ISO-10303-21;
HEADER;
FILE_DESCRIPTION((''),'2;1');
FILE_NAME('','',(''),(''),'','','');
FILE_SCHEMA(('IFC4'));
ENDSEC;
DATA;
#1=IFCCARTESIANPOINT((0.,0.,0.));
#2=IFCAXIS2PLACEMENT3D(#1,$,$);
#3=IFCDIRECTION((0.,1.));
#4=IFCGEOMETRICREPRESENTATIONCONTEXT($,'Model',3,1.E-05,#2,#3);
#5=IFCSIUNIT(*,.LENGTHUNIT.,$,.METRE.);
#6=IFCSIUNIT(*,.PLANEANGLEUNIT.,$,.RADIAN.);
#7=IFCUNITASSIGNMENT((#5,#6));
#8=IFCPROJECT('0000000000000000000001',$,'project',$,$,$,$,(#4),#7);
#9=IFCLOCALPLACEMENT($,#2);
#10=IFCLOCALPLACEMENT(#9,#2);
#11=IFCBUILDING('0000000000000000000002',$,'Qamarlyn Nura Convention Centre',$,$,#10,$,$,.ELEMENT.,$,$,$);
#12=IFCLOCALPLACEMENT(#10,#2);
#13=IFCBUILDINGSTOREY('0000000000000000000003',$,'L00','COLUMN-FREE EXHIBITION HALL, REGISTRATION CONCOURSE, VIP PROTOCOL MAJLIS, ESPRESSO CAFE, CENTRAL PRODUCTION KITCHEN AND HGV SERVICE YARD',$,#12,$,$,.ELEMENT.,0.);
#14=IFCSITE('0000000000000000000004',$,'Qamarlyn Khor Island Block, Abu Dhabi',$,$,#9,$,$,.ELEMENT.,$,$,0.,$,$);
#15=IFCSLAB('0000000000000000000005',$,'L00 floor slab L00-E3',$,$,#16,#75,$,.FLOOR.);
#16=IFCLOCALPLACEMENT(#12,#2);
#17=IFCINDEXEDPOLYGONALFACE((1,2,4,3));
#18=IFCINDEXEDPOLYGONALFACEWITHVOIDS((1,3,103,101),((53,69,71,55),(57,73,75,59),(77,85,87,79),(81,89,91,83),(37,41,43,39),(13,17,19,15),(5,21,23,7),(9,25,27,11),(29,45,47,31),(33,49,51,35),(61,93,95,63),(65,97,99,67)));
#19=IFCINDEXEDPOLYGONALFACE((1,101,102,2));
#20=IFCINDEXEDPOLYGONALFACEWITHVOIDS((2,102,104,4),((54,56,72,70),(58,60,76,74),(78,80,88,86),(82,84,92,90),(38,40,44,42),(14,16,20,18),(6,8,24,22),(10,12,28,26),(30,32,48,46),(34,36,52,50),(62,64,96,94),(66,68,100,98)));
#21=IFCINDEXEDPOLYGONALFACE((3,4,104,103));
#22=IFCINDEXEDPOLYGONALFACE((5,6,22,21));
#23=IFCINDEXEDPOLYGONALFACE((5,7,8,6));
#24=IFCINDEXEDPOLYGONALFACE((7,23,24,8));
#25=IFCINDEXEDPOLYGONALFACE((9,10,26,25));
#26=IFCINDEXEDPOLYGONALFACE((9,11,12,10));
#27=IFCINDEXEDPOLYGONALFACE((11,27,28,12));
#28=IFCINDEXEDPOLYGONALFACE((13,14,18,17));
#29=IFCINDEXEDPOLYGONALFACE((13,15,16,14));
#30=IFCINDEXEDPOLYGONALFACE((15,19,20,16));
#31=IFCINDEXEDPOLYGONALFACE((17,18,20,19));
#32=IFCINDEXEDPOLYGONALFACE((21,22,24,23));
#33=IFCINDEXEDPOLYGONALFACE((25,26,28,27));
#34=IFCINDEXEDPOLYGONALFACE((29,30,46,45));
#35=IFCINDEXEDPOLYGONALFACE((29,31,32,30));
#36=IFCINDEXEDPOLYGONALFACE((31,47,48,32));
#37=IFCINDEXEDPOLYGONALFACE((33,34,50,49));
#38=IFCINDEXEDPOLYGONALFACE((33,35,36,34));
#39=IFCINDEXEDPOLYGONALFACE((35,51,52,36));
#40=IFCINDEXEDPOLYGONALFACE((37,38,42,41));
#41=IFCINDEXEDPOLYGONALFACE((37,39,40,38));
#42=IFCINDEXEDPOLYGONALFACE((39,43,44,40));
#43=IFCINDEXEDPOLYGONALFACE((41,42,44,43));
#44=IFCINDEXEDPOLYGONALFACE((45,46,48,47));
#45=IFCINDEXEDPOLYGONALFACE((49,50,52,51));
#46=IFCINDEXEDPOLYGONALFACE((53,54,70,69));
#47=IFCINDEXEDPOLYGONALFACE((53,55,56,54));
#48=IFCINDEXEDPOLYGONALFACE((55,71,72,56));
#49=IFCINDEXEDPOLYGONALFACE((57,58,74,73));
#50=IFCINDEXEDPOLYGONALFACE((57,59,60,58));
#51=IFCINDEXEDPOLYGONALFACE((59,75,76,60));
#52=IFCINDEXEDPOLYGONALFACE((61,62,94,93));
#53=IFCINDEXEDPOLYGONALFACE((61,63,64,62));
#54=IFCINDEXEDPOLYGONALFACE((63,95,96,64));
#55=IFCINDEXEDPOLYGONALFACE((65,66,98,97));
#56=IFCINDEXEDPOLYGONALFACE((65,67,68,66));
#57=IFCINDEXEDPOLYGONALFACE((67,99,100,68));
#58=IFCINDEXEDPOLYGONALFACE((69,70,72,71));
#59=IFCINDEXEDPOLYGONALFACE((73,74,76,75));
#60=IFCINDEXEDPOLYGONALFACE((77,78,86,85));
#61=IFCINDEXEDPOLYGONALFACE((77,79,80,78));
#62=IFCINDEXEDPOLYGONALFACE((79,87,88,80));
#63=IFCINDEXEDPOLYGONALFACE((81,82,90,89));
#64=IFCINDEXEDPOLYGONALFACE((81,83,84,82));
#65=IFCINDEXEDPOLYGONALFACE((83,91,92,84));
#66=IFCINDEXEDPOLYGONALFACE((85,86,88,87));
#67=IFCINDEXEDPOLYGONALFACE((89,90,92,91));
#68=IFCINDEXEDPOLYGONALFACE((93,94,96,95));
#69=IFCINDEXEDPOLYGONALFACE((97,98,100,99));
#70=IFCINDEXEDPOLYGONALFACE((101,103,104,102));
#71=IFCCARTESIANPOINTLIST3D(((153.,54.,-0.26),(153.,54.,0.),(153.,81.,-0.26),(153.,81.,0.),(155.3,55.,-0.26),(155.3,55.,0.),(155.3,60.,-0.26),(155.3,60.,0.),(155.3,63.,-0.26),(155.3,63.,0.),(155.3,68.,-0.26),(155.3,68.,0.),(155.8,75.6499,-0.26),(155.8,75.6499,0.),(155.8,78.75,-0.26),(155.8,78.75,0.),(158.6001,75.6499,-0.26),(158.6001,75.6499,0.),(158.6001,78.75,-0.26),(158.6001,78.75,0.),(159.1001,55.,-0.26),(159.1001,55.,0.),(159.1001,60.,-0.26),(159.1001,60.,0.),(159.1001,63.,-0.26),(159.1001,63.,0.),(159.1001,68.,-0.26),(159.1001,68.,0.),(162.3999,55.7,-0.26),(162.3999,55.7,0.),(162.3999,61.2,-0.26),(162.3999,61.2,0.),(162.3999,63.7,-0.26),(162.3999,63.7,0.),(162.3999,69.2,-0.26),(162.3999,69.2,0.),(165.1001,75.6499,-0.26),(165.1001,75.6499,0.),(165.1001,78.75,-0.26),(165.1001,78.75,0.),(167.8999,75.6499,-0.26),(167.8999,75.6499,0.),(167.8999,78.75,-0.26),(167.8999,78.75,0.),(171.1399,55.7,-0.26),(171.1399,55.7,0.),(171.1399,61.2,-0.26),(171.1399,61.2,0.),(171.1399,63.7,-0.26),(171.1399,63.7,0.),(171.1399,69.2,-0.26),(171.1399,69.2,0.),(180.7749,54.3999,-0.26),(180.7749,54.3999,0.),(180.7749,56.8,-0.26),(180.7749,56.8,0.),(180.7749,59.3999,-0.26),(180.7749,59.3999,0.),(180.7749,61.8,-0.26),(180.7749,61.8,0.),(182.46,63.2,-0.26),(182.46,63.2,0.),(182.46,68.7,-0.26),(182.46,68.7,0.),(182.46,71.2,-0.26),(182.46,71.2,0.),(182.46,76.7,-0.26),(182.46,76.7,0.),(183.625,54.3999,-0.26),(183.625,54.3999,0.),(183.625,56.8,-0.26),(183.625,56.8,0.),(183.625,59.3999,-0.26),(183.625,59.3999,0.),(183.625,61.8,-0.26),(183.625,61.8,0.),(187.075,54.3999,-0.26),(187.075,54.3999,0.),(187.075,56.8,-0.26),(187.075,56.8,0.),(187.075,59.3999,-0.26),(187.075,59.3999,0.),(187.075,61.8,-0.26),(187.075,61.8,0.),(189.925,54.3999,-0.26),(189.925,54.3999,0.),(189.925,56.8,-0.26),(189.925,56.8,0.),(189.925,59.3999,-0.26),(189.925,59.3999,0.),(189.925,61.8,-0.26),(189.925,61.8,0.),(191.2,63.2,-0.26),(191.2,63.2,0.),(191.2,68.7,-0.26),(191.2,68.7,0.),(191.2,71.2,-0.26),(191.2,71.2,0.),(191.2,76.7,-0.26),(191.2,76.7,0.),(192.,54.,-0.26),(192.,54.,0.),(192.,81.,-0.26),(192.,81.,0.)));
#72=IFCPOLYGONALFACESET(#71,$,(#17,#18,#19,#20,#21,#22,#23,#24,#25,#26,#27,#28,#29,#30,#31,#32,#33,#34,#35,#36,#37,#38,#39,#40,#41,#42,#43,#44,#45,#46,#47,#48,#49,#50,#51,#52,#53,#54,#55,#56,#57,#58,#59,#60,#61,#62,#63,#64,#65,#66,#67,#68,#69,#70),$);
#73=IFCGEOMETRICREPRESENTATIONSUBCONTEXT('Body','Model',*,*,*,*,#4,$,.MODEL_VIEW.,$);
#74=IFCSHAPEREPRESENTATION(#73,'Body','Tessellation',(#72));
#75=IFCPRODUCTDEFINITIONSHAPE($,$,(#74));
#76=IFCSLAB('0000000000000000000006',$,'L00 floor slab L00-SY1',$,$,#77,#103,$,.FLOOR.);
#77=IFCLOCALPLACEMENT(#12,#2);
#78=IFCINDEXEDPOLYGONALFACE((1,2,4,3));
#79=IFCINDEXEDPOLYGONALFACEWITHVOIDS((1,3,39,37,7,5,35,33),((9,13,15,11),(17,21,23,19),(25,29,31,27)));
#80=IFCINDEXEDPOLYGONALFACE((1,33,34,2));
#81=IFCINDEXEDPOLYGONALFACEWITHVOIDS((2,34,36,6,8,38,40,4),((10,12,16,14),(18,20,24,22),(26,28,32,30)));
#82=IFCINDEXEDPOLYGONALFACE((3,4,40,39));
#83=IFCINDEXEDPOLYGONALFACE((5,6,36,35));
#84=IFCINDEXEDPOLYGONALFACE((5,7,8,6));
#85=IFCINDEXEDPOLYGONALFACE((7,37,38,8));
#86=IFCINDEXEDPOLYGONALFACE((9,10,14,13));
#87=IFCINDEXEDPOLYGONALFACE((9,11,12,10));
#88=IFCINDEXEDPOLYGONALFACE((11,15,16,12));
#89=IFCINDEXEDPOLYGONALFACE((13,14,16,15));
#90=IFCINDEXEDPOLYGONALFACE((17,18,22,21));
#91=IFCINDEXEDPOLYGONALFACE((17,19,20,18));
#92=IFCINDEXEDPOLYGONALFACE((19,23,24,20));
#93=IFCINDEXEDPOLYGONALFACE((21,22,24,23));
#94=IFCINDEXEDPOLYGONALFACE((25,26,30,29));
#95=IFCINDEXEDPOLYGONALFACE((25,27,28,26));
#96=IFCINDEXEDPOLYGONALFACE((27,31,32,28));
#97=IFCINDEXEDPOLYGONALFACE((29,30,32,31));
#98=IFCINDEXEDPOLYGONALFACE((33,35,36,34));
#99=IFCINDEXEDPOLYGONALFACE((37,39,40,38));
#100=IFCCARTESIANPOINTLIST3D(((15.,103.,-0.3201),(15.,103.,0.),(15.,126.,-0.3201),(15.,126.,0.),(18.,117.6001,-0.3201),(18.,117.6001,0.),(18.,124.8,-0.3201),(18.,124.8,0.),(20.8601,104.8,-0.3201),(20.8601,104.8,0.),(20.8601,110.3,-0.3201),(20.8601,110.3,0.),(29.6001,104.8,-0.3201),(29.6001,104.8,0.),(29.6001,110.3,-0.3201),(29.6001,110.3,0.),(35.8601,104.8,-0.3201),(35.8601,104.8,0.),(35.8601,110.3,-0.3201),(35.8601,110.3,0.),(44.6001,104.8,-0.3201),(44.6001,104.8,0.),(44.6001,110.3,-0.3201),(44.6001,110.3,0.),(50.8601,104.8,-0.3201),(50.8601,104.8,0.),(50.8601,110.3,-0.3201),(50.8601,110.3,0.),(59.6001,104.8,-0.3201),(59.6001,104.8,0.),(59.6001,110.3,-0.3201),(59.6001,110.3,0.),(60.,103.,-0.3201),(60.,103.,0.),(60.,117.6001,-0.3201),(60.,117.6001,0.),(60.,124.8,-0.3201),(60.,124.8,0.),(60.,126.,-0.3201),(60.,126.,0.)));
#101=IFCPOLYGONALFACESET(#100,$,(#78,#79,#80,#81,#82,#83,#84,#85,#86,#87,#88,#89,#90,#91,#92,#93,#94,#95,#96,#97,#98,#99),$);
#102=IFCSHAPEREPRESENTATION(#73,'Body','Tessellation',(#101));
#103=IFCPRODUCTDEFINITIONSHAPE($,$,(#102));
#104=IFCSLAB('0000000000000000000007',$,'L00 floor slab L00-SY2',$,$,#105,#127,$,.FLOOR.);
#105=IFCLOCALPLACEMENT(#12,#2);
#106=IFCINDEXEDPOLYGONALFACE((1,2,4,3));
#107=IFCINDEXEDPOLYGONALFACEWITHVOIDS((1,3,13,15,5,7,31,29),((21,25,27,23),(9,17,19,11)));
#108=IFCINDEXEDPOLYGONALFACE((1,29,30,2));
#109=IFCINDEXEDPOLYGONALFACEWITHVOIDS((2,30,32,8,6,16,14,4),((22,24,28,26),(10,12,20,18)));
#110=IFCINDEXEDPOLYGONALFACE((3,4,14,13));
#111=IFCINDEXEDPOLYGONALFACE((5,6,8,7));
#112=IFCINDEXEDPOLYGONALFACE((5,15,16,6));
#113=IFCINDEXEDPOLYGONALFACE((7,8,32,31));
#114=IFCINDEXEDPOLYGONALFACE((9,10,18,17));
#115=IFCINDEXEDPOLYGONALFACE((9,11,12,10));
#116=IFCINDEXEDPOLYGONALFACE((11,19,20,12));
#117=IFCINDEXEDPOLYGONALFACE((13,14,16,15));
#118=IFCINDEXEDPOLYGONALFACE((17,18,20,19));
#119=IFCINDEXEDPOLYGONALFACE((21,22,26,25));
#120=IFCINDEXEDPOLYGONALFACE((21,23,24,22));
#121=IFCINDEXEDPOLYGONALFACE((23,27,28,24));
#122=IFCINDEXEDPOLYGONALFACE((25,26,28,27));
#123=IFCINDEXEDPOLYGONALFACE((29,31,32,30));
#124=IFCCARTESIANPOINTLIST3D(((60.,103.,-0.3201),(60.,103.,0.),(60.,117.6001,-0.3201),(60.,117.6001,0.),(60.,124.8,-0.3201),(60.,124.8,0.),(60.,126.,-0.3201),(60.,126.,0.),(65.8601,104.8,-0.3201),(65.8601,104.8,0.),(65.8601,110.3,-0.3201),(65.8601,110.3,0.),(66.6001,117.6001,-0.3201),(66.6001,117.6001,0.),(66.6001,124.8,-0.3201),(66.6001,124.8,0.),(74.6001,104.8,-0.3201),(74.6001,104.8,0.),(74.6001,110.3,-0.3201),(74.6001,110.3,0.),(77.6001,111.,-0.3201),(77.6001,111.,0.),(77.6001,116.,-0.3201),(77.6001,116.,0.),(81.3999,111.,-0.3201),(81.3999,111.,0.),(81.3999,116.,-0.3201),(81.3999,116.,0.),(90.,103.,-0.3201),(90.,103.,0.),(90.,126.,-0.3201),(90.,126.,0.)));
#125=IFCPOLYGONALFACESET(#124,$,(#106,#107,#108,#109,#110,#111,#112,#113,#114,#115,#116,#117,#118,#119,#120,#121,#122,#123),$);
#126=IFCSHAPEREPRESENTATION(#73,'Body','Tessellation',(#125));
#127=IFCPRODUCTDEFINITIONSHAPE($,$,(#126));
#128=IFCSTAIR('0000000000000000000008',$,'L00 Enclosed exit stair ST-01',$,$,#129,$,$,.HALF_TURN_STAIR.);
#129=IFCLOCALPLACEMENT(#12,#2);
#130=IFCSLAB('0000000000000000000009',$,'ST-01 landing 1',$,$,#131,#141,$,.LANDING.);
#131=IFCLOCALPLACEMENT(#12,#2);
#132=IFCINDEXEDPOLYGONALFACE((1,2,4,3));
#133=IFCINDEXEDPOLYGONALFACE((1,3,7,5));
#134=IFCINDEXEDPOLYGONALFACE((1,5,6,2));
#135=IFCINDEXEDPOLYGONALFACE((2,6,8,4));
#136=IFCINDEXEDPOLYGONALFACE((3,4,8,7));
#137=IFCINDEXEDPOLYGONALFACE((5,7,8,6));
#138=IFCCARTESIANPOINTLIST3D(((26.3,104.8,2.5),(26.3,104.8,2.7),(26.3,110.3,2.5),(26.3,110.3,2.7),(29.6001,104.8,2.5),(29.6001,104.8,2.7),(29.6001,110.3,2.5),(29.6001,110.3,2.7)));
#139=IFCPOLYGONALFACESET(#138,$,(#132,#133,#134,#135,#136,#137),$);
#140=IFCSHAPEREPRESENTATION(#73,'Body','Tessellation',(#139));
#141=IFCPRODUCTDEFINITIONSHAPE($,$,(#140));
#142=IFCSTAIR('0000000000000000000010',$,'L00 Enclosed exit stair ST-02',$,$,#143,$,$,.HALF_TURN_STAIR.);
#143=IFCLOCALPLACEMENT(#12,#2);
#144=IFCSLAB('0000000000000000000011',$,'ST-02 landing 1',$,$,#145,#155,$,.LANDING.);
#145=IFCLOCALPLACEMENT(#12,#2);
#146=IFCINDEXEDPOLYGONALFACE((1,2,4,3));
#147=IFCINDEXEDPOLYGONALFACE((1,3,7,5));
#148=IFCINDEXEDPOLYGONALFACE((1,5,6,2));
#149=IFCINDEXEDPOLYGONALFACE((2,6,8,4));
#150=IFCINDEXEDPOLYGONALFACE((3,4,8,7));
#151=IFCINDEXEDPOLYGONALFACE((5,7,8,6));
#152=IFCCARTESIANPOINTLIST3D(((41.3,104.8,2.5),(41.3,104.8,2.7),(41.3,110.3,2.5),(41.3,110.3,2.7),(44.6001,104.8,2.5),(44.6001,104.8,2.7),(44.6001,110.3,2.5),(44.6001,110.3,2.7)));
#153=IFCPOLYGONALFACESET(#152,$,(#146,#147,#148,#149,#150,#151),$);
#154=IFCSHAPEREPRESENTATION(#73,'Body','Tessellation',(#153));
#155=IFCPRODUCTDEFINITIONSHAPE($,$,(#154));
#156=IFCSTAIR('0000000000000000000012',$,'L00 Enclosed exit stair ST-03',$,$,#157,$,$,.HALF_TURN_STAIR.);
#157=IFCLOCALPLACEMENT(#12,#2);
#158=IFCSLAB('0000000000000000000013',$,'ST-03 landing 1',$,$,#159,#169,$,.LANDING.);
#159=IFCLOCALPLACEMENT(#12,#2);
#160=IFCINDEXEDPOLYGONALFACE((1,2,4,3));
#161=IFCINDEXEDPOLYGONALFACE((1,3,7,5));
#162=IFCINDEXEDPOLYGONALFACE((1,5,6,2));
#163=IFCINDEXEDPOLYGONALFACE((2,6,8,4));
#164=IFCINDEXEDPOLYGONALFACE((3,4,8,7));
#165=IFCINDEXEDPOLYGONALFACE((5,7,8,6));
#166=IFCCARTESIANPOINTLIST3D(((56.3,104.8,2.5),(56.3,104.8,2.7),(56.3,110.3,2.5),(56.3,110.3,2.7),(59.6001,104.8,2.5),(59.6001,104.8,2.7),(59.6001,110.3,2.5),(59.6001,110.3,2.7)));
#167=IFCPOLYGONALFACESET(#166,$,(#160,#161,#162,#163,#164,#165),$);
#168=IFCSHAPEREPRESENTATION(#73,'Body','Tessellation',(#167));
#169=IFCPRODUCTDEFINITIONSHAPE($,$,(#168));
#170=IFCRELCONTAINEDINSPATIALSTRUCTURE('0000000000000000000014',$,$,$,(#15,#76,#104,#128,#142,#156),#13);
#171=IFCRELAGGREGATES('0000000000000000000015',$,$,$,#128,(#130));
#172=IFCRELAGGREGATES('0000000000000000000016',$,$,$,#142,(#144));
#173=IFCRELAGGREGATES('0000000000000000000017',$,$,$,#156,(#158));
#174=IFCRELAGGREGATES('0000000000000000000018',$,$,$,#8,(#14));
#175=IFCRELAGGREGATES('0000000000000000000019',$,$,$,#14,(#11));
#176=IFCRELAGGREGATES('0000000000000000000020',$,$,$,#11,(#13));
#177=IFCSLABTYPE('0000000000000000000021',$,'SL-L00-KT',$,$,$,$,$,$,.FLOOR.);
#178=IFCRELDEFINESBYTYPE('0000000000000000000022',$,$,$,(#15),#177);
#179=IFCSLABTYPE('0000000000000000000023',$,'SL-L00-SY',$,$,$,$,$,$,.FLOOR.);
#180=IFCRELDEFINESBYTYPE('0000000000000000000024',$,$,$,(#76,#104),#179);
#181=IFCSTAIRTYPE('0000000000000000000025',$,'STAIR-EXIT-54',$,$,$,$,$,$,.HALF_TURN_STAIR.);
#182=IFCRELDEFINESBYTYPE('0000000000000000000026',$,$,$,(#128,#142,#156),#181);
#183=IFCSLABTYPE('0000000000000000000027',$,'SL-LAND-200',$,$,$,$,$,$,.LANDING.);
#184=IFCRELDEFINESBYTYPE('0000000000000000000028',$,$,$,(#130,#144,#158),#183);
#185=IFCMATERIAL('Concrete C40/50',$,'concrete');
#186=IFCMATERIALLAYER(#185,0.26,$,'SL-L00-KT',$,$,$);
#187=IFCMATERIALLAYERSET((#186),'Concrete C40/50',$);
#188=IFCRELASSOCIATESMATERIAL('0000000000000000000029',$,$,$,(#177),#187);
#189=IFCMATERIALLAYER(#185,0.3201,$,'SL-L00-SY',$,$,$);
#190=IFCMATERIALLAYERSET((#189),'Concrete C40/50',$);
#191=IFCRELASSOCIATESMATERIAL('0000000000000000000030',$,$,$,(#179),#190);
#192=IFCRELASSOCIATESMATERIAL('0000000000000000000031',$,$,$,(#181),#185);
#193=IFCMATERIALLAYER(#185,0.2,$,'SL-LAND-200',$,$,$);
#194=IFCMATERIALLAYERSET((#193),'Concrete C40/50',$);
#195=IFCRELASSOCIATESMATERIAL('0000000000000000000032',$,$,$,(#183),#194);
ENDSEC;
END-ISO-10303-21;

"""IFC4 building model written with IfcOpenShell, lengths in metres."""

from ifc_helpers import new_model, si_unit, direction, frame, origin, place, context, subcontext, project, spatial, polyline, outline, extrude, material, layer, layer_set, type_object, element, aggregate, save


model = new_model("IFC4")

# Units and contexts
model_context = context("Model", 3, precision=1e-05, world=origin(), true_north=direction((0.0, 1.0)))
body_context = subcontext(model_context, "Body", "Model", "MODEL_VIEW")
ifc_project = project(units=[si_unit("LENGTHUNIT", "METRE"), si_unit("PLANEANGLEUNIT", "RADIAN")], contexts=[model_context])

# Site, building, storey
site_placement = place(None, origin())
site = spatial("IfcSite", under=ifc_project, at=site_placement, Name="Qamarlyn Khor Island Block, Abu Dhabi", CompositionType="ELEMENT", RefElevation=0.0)
building_placement = place(site_placement, origin())
building = spatial("IfcBuilding", under=site, at=building_placement, Name="Qamarlyn Nura Convention Centre", CompositionType="ELEMENT")
storey_placement = place(building_placement, origin())
storey = spatial("IfcBuildingStorey", under=building, at=storey_placement, Name="L00", Description="COLUMN-FREE EXHIBITION HALL, REGISTRATION CONCOURSE, VIP PROTOCOL MAJLIS, ESPRESSO CAFE, CENTRAL PRODUCTION KITCHEN AND HGV SERVICE YARD", CompositionType="ELEMENT", Elevation=0.0)

# Slabs
ifc_material = material(Name="Concrete C40/50", Category="concrete")
ifc_layer_1 = layer(ifc_material, 0.26, Name="SL-L00-KT")
ifc_layer_set_1 = layer_set([ifc_layer_1], Name="Concrete C40/50")
slab_type_1 = type_object("IfcSlabType", Name="SL-L00-KT", PredefinedType="FLOOR", material=ifc_layer_set_1)
slab_1_placement = place(storey_placement, frame((0.0, 0.0, -0.26)))
element("IfcSlab", 1, at=slab_1_placement, inside=storey, type_object=slab_type_1, Name="L00 floor slab L00-E3", PredefinedType="FLOOR", context=body_context, shape_type="SweptSolid", body=[
    extrude(outline(polyline([(153.0, 54.0), (153.0, 81.0), (192.0, 81.0), (192.0, 54.0), (153.0, 54.0)]), holes=[polyline([(159.1001, 55.0), (159.1001, 60.0), (155.3, 60.0), (155.3, 55.0), (159.1001, 55.0)]), polyline([(159.1001, 63.0), (159.1001, 68.0), (155.3, 68.0), (155.3, 63.0), (159.1001, 63.0)]), polyline([(158.6001, 75.6499), (158.6001, 78.75), (155.8, 78.75), (155.8, 75.6499), (158.6001, 75.6499)]), polyline([(183.625, 54.3999), (183.625, 56.8), (180.7749, 56.8), (180.7749, 54.3999), (183.625, 54.3999)]), polyline([(189.925, 54.3999), (189.925, 56.8), (187.075, 56.8), (187.075, 54.3999), (189.925, 54.3999)]), polyline([(171.1399, 61.2), (162.3999, 61.2), (162.3999, 55.7), (171.1399, 55.7), (171.1399, 61.2)]), polyline([(183.625, 59.3999), (183.625, 61.8), (180.7749, 61.8), (180.7749, 59.3999), (183.625, 59.3999)]), polyline([(189.925, 59.3999), (189.925, 61.8), (187.075, 61.8), (187.075, 59.3999), (189.925, 59.3999)]), polyline([(182.46, 63.2), (191.2, 63.2), (191.2, 68.7), (182.46, 68.7), (182.46, 63.2)]), polyline([(171.1399, 69.2), (162.3999, 69.2), (162.3999, 63.7), (171.1399, 63.7), (171.1399, 69.2)]), polyline([(182.46, 71.2), (191.2, 71.2), (191.2, 76.7), (182.46, 76.7), (182.46, 71.2)]), polyline([(167.8999, 75.6499), (167.8999, 78.75), (165.1001, 78.75), (165.1001, 75.6499), (167.8999, 75.6499)])]), origin(), (0.0, 0.0, 1.0), 0.26),
])
ifc_layer_2 = layer(ifc_material, 0.3201, Name="SL-L00-SY")
ifc_layer_set_2 = layer_set([ifc_layer_2], Name="Concrete C40/50")
slab_type_2 = type_object("IfcSlabType", Name="SL-L00-SY", PredefinedType="FLOOR", material=ifc_layer_set_2)
slab_2_placement = place(storey_placement, frame((0.0, 0.0, -0.3201)))
element("IfcSlab", 2, at=slab_2_placement, inside=storey, type_object=slab_type_2, Name="L00 floor slab L00-SY1", PredefinedType="FLOOR", context=body_context, shape_type="SweptSolid", body=[
    extrude(outline(polyline([(60.0, 103.0), (15.0, 103.0), (15.0, 126.0), (60.0, 126.0), (60.0, 124.8), (18.0, 124.8), (18.0, 117.6001), (60.0, 117.6001), (60.0, 103.0)]), holes=[polyline([(20.8601, 104.8), (29.6001, 104.8), (29.6001, 110.3), (20.8601, 110.3), (20.8601, 104.8)]), polyline([(50.8601, 104.8), (59.6001, 104.8), (59.6001, 110.3), (50.8601, 110.3), (50.8601, 104.8)]), polyline([(35.8601, 104.8), (44.6001, 104.8), (44.6001, 110.3), (35.8601, 110.3), (35.8601, 104.8)])]), origin(), (0.0, 0.0, 1.0), 0.3201),
])
slab_3_placement = place(storey_placement, frame((0.0, 0.0, -0.3201)))
element("IfcSlab", 3, at=slab_3_placement, inside=storey, type_object=slab_type_2, Name="L00 floor slab L00-SY2", PredefinedType="FLOOR", context=body_context, shape_type="SweptSolid", body=[
    extrude(outline(polyline([(60.0, 126.0), (90.0, 126.0), (90.0, 103.0), (60.0, 103.0), (60.0, 117.6001), (66.6001, 117.6001), (66.6001, 124.8), (60.0, 124.8), (60.0, 126.0)]), holes=[polyline([(65.8601, 104.8), (74.6001, 104.8), (74.6001, 110.3), (65.8601, 110.3), (65.8601, 104.8)]), polyline([(81.3999, 111.0), (81.3999, 116.0), (77.6001, 116.0), (77.6001, 111.0), (81.3999, 111.0)])]), origin(), (0.0, 0.0, 1.0), 0.3201),
])

# Stairs, slabs
stair_type = type_object("IfcStairType", Name="STAIR-EXIT-54", PredefinedType="HALF_TURN_STAIR", material=ifc_material)
stair_1_placement = place(storey_placement, origin())
stair_1 = element("IfcStair", 4, at=stair_1_placement, inside=storey, type_object=stair_type, Name="L00 Enclosed exit stair ST-01", PredefinedType="HALF_TURN_STAIR")
ifc_layer_3 = layer(ifc_material, 0.2, Name="SL-LAND-200")
ifc_layer_set_3 = layer_set([ifc_layer_3], Name="Concrete C40/50")
slab_type_3 = type_object("IfcSlabType", Name="SL-LAND-200", PredefinedType="LANDING", material=ifc_layer_set_3)
slab_4_placement = place(storey_placement, frame((0.0, 0.0, 2.5)))
slab_4 = element("IfcSlab", 5, at=slab_4_placement, type_object=slab_type_3, Name="ST-01 landing 1", PredefinedType="LANDING", context=body_context, shape_type="SweptSolid", body=[
    extrude(outline(polyline([(26.3, 104.8), (29.6001, 104.8), (29.6001, 110.3), (26.3, 110.3), (26.3, 104.8)])), origin(), (0.0, 0.0, 1.0), 0.2),
])
aggregate(stair_1, [slab_4])
stair_2_placement = place(storey_placement, origin())
stair_2 = element("IfcStair", 6, at=stair_2_placement, inside=storey, type_object=stair_type, Name="L00 Enclosed exit stair ST-02", PredefinedType="HALF_TURN_STAIR")
slab_5_placement = place(storey_placement, frame((0.0, 0.0, 2.5)))
slab_5 = element("IfcSlab", 7, at=slab_5_placement, type_object=slab_type_3, Name="ST-02 landing 1", PredefinedType="LANDING", context=body_context, shape_type="SweptSolid", body=[
    extrude(outline(polyline([(41.3, 104.8), (44.6001, 104.8), (44.6001, 110.3), (41.3, 110.3), (41.3, 104.8)])), origin(), (0.0, 0.0, 1.0), 0.2),
])
aggregate(stair_2, [slab_5])
stair_3_placement = place(storey_placement, origin())
stair_3 = element("IfcStair", 8, at=stair_3_placement, inside=storey, type_object=stair_type, Name="L00 Enclosed exit stair ST-03", PredefinedType="HALF_TURN_STAIR")
slab_6_placement = place(storey_placement, frame((0.0, 0.0, 2.5)))
slab_6 = element("IfcSlab", 9, at=slab_6_placement, type_object=slab_type_3, Name="ST-03 landing 1", PredefinedType="LANDING", context=body_context, shape_type="SweptSolid", body=[
    extrude(outline(polyline([(56.3, 104.8), (59.6001, 104.8), (59.6001, 110.3), (56.3, 110.3), (56.3, 104.8)])), origin(), (0.0, 0.0, 1.0), 0.2),
])
aggregate(stair_3, [slab_6])

save(model, "model.ifc")
